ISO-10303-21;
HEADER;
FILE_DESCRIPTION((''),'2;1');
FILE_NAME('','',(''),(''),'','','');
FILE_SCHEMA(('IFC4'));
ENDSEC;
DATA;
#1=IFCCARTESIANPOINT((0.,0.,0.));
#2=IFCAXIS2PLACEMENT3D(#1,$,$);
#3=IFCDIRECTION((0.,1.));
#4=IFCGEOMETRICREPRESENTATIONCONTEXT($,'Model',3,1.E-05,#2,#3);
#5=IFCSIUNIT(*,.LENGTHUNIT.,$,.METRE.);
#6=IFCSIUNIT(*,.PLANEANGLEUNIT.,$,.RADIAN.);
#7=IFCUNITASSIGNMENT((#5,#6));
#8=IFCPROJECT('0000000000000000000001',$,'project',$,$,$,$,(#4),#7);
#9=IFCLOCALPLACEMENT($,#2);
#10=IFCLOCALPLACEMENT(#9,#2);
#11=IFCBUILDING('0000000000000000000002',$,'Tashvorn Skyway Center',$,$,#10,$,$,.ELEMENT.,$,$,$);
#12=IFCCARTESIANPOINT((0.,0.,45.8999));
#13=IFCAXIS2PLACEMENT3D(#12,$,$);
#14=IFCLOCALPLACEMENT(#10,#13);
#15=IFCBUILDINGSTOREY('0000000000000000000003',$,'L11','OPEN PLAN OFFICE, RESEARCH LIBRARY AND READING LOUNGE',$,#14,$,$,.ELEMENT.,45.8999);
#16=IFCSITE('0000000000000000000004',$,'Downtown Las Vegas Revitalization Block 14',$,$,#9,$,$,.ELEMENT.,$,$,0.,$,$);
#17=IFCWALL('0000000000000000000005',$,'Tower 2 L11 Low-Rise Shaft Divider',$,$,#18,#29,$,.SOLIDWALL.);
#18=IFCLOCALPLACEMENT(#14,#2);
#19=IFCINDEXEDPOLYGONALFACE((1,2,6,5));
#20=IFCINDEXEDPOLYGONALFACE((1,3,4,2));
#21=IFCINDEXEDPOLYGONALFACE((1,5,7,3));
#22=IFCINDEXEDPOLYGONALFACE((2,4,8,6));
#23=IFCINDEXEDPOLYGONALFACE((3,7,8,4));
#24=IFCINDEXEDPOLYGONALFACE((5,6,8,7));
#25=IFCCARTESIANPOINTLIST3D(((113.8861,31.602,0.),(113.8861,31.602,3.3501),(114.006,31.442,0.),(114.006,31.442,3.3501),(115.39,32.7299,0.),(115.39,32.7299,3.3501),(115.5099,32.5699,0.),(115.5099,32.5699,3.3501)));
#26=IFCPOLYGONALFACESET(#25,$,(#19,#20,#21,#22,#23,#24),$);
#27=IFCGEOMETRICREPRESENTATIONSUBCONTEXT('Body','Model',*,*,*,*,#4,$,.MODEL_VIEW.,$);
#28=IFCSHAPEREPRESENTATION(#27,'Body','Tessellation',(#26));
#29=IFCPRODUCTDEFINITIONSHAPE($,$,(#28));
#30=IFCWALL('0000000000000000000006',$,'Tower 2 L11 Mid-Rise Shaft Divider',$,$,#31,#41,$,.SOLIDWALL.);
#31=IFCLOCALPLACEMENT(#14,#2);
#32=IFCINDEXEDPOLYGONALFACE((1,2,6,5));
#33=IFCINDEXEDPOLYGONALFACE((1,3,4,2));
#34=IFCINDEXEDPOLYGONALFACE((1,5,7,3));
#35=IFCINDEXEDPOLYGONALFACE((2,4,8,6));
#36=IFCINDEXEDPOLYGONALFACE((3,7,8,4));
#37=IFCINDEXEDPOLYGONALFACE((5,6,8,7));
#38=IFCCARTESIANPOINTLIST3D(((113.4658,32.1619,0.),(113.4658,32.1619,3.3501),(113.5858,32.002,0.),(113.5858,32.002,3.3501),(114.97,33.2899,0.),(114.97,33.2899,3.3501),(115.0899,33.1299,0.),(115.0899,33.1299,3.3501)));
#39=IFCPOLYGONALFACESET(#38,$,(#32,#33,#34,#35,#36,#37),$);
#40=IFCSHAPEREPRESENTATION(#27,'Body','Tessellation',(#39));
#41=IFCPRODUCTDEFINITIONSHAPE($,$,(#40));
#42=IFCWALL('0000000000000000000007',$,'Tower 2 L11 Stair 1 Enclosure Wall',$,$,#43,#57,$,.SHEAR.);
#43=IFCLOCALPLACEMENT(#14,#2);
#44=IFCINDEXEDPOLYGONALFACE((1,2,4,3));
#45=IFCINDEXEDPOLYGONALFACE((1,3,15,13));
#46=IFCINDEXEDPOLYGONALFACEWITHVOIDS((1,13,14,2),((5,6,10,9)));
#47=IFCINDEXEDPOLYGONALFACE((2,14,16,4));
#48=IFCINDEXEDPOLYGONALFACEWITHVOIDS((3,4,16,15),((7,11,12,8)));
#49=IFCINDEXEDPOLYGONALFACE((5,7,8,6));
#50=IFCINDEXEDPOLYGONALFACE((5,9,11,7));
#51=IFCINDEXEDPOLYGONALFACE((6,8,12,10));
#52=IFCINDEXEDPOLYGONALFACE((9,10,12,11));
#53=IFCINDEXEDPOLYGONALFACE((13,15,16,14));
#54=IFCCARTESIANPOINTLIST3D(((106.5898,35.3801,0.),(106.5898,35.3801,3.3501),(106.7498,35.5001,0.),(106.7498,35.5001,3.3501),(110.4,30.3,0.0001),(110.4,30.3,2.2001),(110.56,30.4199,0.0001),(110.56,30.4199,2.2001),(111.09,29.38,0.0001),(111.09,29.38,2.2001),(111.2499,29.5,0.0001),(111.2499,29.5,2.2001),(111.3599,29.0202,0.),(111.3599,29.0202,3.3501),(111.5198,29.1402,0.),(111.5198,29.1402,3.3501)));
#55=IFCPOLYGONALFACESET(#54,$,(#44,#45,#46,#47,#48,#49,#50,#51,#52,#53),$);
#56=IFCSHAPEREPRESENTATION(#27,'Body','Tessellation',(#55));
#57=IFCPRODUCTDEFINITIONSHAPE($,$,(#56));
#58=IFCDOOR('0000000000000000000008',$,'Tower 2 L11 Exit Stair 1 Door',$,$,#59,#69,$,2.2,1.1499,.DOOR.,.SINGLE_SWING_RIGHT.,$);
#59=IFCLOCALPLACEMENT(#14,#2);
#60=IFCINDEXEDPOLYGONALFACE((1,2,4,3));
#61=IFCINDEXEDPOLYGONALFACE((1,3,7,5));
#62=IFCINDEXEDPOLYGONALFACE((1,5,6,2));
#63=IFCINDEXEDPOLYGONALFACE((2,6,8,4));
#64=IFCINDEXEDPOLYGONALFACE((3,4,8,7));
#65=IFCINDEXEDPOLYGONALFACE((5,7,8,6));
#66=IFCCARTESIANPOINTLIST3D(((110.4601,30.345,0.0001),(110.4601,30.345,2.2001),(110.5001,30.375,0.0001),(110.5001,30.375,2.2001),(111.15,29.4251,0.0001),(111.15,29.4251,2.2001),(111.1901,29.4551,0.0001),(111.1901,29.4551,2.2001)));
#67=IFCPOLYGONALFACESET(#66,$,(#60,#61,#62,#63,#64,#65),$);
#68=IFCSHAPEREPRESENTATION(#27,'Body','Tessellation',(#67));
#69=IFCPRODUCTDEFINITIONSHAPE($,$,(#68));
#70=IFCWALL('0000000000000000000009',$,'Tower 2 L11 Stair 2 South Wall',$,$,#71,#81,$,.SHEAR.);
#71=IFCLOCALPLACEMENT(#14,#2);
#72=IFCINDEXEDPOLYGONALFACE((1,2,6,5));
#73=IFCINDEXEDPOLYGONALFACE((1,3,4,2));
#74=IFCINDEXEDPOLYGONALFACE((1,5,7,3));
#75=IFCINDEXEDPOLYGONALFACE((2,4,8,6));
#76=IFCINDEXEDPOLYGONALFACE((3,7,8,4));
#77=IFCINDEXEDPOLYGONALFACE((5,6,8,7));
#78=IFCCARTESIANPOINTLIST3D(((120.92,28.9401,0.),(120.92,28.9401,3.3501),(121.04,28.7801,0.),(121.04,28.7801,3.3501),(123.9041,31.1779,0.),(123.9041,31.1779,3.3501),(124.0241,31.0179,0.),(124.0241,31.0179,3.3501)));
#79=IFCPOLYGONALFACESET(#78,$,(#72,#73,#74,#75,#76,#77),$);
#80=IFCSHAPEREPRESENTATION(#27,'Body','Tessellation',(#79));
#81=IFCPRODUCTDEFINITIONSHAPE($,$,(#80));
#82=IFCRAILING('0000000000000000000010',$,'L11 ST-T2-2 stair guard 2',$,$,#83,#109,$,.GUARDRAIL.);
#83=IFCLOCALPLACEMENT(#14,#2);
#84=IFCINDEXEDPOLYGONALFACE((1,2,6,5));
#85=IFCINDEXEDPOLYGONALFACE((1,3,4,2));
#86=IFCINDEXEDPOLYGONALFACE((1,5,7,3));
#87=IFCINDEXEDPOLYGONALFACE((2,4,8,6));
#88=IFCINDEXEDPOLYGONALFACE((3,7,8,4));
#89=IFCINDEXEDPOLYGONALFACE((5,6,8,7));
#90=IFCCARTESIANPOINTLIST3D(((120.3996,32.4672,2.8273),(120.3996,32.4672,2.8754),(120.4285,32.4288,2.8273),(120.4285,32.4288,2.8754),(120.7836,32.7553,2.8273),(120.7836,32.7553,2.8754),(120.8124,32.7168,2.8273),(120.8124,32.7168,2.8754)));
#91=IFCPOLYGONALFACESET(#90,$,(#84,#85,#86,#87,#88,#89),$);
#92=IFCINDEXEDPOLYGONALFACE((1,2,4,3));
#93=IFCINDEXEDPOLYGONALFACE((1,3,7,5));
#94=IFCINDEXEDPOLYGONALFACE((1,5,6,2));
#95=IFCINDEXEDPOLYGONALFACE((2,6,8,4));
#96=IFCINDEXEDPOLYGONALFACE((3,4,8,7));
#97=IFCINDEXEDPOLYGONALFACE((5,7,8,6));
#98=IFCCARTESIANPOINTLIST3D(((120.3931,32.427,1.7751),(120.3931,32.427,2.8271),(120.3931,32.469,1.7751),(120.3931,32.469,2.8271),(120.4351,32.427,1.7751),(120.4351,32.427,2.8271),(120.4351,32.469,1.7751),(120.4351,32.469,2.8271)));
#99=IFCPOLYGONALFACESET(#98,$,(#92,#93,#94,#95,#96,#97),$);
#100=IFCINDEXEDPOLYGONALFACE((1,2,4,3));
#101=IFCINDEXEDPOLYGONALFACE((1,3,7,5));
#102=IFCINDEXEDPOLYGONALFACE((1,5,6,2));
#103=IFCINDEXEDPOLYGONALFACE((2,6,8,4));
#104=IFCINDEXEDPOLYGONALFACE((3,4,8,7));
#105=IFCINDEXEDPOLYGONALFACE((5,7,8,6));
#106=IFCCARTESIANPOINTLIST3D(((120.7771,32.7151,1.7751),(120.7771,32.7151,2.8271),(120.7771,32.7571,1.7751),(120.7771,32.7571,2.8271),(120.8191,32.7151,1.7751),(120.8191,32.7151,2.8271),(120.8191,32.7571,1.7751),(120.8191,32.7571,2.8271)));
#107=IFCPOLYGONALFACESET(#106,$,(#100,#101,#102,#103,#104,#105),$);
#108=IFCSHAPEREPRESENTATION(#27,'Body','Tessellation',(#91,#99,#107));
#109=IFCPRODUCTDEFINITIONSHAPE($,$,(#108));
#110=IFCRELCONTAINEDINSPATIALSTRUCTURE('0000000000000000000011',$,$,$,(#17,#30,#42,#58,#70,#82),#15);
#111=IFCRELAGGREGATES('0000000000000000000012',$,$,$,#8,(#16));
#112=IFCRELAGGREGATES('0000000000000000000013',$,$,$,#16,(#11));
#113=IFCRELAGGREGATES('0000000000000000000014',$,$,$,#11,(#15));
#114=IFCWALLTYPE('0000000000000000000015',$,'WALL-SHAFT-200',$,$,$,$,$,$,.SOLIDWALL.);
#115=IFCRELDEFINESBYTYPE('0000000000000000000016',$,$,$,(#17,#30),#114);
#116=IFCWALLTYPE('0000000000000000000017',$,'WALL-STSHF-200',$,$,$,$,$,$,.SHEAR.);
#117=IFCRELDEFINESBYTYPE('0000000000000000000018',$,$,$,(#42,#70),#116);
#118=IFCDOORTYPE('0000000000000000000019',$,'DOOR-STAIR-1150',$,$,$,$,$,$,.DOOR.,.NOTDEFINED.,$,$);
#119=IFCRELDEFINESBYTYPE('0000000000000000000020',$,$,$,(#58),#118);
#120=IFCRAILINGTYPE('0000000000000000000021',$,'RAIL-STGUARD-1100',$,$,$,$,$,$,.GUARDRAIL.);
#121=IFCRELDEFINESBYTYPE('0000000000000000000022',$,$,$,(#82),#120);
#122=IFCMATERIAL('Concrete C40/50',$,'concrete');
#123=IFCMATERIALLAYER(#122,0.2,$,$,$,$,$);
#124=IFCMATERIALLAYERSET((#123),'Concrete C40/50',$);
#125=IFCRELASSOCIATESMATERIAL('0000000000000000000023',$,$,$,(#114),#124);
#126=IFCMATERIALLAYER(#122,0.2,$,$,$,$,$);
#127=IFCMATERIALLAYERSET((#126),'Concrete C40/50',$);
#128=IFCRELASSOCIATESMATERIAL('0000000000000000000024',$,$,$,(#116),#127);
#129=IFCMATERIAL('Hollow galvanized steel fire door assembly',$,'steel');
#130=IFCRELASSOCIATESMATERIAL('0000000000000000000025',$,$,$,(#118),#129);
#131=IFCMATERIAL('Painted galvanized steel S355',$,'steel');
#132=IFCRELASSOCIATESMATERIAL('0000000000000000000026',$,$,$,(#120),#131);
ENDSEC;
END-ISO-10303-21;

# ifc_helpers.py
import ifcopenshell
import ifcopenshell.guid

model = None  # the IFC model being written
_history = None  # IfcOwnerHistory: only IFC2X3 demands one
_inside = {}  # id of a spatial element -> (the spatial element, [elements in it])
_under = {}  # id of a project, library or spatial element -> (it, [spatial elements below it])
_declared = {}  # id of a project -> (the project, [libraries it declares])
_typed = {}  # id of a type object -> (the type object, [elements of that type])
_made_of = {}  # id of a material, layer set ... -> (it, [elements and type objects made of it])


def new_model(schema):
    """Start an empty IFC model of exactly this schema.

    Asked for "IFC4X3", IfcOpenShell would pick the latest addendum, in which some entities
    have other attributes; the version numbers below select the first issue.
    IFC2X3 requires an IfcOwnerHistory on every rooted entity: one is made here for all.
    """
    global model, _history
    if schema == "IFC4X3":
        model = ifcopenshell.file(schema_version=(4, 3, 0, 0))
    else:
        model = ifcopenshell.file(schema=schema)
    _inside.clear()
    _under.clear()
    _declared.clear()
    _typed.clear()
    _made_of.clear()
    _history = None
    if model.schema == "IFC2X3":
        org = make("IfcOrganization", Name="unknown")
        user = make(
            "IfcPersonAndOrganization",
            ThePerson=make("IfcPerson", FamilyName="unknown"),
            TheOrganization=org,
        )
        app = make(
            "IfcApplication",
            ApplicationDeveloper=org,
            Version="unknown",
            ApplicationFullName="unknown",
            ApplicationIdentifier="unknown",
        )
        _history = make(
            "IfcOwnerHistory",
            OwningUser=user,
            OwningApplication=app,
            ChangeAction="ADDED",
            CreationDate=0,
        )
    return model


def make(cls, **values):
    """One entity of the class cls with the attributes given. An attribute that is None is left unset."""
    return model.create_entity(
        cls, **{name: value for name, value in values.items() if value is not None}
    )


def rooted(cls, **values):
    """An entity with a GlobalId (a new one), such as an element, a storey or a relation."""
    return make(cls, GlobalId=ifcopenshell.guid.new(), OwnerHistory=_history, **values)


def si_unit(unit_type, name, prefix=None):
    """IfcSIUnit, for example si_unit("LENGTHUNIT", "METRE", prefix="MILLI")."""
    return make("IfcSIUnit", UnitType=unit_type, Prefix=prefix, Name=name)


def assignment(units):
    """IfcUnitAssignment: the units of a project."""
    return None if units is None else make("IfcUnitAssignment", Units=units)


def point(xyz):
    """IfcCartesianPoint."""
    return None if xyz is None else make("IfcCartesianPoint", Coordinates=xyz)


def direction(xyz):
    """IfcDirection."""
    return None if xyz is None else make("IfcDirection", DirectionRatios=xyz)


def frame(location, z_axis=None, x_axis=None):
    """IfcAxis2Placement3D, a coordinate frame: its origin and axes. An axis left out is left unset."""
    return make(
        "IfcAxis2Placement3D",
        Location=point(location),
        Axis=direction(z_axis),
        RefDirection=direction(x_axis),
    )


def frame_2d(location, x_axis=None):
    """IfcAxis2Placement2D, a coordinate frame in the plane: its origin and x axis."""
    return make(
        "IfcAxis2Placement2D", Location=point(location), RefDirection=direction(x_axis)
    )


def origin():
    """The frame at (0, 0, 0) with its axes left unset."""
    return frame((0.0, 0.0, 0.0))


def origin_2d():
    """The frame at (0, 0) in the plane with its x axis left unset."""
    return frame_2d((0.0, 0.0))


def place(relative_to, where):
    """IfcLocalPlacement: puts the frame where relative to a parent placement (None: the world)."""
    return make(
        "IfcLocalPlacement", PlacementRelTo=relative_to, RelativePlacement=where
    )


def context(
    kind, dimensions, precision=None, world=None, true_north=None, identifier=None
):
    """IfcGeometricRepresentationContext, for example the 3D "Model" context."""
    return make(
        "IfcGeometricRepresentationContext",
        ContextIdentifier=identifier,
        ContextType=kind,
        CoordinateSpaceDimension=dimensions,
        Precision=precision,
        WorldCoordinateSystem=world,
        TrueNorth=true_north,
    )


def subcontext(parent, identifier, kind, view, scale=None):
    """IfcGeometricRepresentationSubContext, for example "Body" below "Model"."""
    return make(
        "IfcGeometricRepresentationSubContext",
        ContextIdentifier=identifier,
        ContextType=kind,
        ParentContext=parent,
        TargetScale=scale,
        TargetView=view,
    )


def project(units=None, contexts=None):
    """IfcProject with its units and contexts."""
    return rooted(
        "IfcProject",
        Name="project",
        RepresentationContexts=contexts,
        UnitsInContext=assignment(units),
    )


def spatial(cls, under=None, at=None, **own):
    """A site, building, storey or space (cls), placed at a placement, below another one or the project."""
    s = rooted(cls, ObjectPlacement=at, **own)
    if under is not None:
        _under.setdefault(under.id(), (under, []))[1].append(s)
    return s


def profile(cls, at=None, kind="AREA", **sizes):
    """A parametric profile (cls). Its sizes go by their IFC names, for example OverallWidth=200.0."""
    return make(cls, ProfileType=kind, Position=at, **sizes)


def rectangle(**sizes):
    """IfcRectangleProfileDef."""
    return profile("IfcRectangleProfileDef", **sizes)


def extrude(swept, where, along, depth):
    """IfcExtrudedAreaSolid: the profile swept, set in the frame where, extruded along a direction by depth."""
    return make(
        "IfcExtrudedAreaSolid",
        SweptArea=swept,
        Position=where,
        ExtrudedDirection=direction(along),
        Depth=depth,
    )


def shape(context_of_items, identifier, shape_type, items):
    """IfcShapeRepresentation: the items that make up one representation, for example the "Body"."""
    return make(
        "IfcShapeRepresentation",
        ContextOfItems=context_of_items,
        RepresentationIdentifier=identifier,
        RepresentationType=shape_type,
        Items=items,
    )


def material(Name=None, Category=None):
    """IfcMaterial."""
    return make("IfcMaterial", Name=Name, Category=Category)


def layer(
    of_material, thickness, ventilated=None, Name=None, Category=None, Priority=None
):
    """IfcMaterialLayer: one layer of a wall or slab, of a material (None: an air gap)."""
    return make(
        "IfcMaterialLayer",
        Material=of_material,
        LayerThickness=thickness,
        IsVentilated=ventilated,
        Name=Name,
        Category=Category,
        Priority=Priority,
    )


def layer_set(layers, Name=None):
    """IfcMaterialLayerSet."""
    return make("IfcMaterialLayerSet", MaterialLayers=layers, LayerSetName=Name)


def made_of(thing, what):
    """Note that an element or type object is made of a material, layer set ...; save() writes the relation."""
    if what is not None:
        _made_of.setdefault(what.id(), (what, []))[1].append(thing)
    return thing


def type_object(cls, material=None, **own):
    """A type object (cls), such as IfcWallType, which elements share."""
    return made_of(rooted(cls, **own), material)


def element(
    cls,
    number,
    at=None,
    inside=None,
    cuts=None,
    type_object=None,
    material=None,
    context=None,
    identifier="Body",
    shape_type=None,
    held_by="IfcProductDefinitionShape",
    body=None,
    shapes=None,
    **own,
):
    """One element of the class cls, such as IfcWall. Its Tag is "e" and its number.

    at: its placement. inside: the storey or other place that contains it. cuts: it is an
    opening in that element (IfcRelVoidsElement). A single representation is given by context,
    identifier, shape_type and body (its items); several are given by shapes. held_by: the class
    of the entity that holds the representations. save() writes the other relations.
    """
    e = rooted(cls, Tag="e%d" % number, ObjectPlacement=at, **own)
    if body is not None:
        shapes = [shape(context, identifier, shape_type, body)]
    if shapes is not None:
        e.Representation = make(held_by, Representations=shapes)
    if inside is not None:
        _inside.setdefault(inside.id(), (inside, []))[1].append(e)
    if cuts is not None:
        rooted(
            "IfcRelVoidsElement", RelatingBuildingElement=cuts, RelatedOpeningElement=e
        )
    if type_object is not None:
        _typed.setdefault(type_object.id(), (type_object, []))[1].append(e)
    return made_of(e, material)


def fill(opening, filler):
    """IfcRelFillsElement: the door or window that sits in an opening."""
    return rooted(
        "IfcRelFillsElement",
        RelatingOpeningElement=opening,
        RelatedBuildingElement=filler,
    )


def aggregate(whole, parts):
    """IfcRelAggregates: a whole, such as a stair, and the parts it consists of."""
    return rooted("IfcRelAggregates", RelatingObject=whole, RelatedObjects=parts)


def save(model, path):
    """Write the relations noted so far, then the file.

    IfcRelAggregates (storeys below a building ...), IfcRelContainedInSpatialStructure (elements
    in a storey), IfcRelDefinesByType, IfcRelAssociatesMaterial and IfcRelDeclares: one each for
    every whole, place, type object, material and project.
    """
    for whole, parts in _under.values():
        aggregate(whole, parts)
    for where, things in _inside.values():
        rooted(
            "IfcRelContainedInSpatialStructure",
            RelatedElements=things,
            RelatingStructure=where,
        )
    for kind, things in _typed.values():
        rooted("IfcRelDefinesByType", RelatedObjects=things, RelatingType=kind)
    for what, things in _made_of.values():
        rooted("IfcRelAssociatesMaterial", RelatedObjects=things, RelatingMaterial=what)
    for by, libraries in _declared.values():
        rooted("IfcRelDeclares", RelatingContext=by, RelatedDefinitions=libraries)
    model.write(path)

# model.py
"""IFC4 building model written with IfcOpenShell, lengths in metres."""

from ifc_helpers import new_model, si_unit, direction, frame, frame_2d, origin, origin_2d, place, context, subcontext, project, spatial, rectangle, extrude, material, layer, layer_set, type_object, element, fill, save


model = new_model("IFC4")

# Units and contexts
model_context = context("Model", 3, precision=1e-05, world=origin(), true_north=direction((0.0, 1.0)))
body_context = subcontext(model_context, "Body", "Model", "MODEL_VIEW")
ifc_project = project(units=[si_unit("LENGTHUNIT", "METRE"), si_unit("PLANEANGLEUNIT", "RADIAN")], contexts=[model_context])

# Site, building, storey
site_placement = place(None, origin())
site = spatial("IfcSite", under=ifc_project, at=site_placement, Name="Downtown Las Vegas Revitalization Block 14", CompositionType="ELEMENT", RefElevation=0.0)
building_placement = place(site_placement, origin())
building = spatial("IfcBuilding", under=site, at=building_placement, Name="Tashvorn Skyway Center", CompositionType="ELEMENT")
storey_placement = place(building_placement, frame((0.0, 0.0, 45.8999)))
storey = spatial("IfcBuildingStorey", under=building, at=storey_placement, Name="L11", Description="OPEN PLAN OFFICE, RESEARCH LIBRARY AND READING LOUNGE", CompositionType="ELEMENT", Elevation=45.8999)

# Shared definitions
ifc_material_1 = material(Name="Hollow galvanized steel fire door assembly", Category="steel")
ifc_material_2 = material(Name="Concrete C40/50", Category="concrete")
ifc_layer_1 = layer(ifc_material_2, 0.2)
ifc_layer_set_1 = layer_set([ifc_layer_1], Name="Concrete C40/50")
wall_type_1 = type_object("IfcWallType", Name="WALL-SHAFT-200", PredefinedType="SOLIDWALL", material=ifc_layer_set_1)

# Walls
wall_1_placement = place(storey_placement, frame((113.946, 31.522, 0.0), z_axis=(0.0, 0.0, 1.0), x_axis=(0.8, 0.6, 0.0)))
element("IfcWall", 1, at=wall_1_placement, inside=storey, type_object=wall_type_1, Name="Tower 2 L11 Low-Rise Shaft Divider", PredefinedType="SOLIDWALL", context=body_context, shape_type="SweptSolid", body=[
    extrude(rectangle(XDim=1.8799, YDim=0.2, at=frame_2d((0.9399, 0.0))), origin(), (0.0, 0.0, 1.0), 3.3501),
])
wall_2_placement = place(storey_placement, frame((113.5259, 32.082, 0.0), z_axis=(0.0, 0.0, 1.0), x_axis=(0.800047, 0.599938, 0.0)))
element("IfcWall", 2, at=wall_2_placement, inside=storey, type_object=wall_type_1, Name="Tower 2 L11 Mid-Rise Shaft Divider", PredefinedType="SOLIDWALL", context=body_context, shape_type="SweptSolid", body=[
    extrude(rectangle(XDim=1.8801, YDim=0.2, at=frame_2d((0.9399, 0.0))), origin(), (0.0, 0.0, 1.0), 3.3501),
])

# Wall, opening, door
ifc_layer_2 = layer(ifc_material_2, 0.2)
ifc_layer_set_2 = layer_set([ifc_layer_2], Name="Concrete C40/50")
wall_type_2 = type_object("IfcWallType", Name="WALL-STSHF-200", PredefinedType="SHEAR", material=ifc_layer_set_2)
wall_3_placement = place(storey_placement, frame((111.4399, 29.0801, 0.0), z_axis=(0.0, 0.0, 1.0), x_axis=(-0.60001, 0.799993, 0.0)))
wall_3 = element("IfcWall", 3, at=wall_3_placement, inside=storey, type_object=wall_type_2, Name="Tower 2 L11 Stair 1 Enclosure Wall", PredefinedType="SHEAR", context=body_context, shape_type="SweptSolid", body=[
    extrude(rectangle(XDim=7.95, YDim=0.2, at=frame_2d((3.9751, 0.0))), origin(), (0.0, 0.0, 1.0), 3.3501),
])
opening_1_placement = place(wall_3_placement, frame((0.45, 0.0, 0.0)))
opening_1 = element("IfcOpeningElement", 4, at=opening_1_placement, cuts=wall_3, PredefinedType="OPENING", context=body_context, shape_type="SweptSolid", body=[
    extrude(rectangle(XDim=1.1499, YDim=2.2, at=frame_2d((0.575, 1.1001))), frame((0.0, 0.1099, 0.0), z_axis=(0.0, -1.0, 0.0), x_axis=(1.0, 0.0, 0.0)), (0.0, 0.0, 1.0), 0.22),
])
door_type_1 = type_object("IfcDoorType", Name="DOOR-STAIR-1150", OperationType="NOTDEFINED", PredefinedType="DOOR", material=ifc_material_1)
door_1_placement = place(opening_1_placement, origin())
door_1 = element("IfcDoor", 5, at=door_1_placement, inside=storey, type_object=door_type_1, Name="Tower 2 L11 Exit Stair 1 Door", OperationType="SINGLE_SWING_RIGHT", OverallHeight=2.2, OverallWidth=1.1499, PredefinedType="DOOR", context=body_context, shape_type="SweptSolid", body=[
    extrude(rectangle(XDim=1.1499, YDim=2.2, at=frame_2d((0.575, 1.1001))), frame((0.0, 0.0249, 0.0), z_axis=(0.0, -1.0, 0.0), x_axis=(1.0, 0.0, 0.0)), (0.0, 0.0, 1.0), 0.05),
])
fill(opening_1, door_1)

# Wall
wall_4_placement = place(storey_placement, frame((120.98, 28.8601, 0.0), z_axis=(0.0, 0.0, 1.0), x_axis=(0.800039, 0.599948, 0.0)))
element("IfcWall", 6, at=wall_4_placement, inside=storey, type_object=wall_type_2, Name="Tower 2 L11 Stair 2 South Wall", PredefinedType="SHEAR", context=body_context, shape_type="SweptSolid", body=[
    extrude(rectangle(XDim=3.73, YDim=0.2, at=frame_2d((1.865, 0.0))), origin(), (0.0, 0.0, 1.0), 3.3501),
])

# Railing
ifc_material_3 = material(Name="Painted galvanized steel S355", Category="steel")
railing_type = type_object("IfcRailingType", Name="RAIL-STGUARD-1100", PredefinedType="GUARDRAIL", material=ifc_material_3)
railing_placement = place(storey_placement, frame((120.4141, 32.448, 1.7751)))
element("IfcRailing", 7, at=railing_placement, inside=storey, type_object=railing_type, Name="L11 ST-T2-2 stair guard 2", PredefinedType="GUARDRAIL", context=body_context, shape_type="SweptSolid", body=[
    extrude(rectangle(XDim=0.0481, YDim=0.0481, at=origin_2d()), frame((0.0, 0.0, 1.0762), z_axis=(0.799939, 0.600081, 0.0), x_axis=(-0.600081, 0.799939, 0.0)), (0.0, 0.0, 1.0), 0.48),
    extrude(rectangle(XDim=0.042, YDim=0.042, at=origin_2d()), origin(), (0.0, 0.0, 1.0), 1.052),
    extrude(rectangle(XDim=0.042, YDim=0.042, at=origin_2d()), frame((0.384, 0.2881, 0.0)), (0.0, 0.0, 1.0), 1.052),
])

save(model, "model.ifc")
